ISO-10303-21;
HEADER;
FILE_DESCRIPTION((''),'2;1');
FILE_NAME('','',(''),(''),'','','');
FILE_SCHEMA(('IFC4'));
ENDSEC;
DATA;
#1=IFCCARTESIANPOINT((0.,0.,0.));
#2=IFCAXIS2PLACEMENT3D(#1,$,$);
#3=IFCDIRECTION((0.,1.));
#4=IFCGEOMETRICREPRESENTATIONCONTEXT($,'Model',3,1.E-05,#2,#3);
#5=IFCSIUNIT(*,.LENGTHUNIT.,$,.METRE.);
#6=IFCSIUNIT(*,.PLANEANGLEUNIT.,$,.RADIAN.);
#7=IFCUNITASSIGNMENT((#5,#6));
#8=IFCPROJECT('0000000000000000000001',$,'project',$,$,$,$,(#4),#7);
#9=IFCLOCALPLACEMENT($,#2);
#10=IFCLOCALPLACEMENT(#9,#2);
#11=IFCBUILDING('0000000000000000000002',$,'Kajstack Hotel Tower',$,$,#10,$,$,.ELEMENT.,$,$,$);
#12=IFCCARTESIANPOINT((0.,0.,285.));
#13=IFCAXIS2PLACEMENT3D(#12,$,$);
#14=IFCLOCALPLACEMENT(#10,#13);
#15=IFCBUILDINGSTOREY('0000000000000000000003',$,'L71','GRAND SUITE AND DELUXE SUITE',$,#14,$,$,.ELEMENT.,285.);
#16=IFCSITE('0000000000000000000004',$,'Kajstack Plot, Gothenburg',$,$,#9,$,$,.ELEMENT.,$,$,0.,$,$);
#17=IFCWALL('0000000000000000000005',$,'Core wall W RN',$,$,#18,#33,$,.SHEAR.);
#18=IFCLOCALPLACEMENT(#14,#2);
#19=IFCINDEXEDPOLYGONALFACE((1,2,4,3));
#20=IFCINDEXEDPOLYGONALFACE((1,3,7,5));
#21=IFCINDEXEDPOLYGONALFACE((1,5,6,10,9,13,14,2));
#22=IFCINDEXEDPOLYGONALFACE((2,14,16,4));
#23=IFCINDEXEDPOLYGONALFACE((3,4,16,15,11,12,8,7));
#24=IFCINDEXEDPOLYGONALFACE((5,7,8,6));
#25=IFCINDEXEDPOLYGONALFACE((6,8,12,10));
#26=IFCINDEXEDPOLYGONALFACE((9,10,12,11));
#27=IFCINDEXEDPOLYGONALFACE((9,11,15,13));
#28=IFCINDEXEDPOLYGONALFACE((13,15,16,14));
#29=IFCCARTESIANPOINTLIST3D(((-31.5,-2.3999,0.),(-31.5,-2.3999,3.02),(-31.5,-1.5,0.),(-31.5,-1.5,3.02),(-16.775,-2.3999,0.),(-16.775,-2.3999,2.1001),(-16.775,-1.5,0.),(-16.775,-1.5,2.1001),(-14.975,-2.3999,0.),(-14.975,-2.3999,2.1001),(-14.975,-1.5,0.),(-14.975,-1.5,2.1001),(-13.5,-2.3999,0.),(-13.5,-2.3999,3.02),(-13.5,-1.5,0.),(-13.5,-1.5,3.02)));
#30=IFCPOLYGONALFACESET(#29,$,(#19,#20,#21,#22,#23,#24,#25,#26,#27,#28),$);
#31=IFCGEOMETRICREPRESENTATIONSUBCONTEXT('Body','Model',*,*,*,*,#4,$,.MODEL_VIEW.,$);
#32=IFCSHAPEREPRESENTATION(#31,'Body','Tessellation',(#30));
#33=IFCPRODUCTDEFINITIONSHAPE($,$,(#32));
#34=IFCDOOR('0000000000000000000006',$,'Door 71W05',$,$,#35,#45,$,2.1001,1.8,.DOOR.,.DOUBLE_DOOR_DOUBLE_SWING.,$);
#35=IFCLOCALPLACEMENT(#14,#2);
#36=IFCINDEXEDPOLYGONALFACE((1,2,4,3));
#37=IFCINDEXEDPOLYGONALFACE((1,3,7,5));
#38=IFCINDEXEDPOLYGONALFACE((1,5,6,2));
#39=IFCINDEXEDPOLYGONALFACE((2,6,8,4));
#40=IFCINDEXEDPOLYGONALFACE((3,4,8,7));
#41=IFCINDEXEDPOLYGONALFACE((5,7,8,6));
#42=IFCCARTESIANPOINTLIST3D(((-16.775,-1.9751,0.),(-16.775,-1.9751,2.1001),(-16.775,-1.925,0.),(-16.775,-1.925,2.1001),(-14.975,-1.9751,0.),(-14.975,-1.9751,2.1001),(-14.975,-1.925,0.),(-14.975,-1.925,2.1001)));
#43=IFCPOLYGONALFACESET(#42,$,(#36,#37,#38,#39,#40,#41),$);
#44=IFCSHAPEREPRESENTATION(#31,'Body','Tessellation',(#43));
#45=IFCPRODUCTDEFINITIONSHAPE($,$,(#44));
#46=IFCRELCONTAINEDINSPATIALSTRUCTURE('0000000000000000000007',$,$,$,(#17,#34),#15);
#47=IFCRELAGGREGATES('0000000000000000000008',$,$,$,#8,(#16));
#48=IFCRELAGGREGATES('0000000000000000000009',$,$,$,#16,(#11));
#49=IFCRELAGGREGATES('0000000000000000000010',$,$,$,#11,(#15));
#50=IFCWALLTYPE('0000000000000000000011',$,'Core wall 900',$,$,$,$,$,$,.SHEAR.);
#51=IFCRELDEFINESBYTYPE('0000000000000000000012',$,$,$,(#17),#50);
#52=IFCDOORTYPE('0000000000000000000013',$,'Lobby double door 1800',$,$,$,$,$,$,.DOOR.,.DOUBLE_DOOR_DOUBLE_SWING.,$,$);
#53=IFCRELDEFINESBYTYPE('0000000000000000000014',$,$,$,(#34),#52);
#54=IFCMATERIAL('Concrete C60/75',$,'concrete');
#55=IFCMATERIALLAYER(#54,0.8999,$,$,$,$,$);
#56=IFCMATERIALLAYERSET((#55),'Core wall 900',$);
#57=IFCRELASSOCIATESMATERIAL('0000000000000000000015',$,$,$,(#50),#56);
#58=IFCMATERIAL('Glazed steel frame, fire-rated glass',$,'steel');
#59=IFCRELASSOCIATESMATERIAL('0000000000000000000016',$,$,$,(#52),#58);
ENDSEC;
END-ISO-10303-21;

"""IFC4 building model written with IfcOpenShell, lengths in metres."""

from ifc_helpers import new_model, si_unit, direction, frame, frame_2d, origin, place, context, subcontext, project, spatial, rectangle, extrude, material, layer, layer_set, type_object, element, fill, save


model = new_model("IFC4")

# Units and contexts
model_context = context("Model", 3, precision=1e-05, world=origin(), true_north=direction((0.0, 1.0)))
body_context = subcontext(model_context, "Body", "Model", "MODEL_VIEW")
ifc_project = project(units=[si_unit("LENGTHUNIT", "METRE"), si_unit("PLANEANGLEUNIT", "RADIAN")], contexts=[model_context])

# Site, building, storey
site_placement = place(None, origin())
site = spatial("IfcSite", under=ifc_project, at=site_placement, Name="Kajstack Plot, Gothenburg", CompositionType="ELEMENT", RefElevation=0.0)
building_placement = place(site_placement, origin())
building = spatial("IfcBuilding", under=site, at=building_placement, Name="Kajstack Hotel Tower", CompositionType="ELEMENT")
storey_placement = place(building_placement, frame((0.0, 0.0, 285.0)))
storey = spatial("IfcBuildingStorey", under=building, at=storey_placement, Name="L71", Description="GRAND SUITE AND DELUXE SUITE", CompositionType="ELEMENT", Elevation=285.0)

# Wall, opening, door
ifc_material_1 = material(Name="Concrete C60/75", Category="concrete")
ifc_layer_1 = layer(ifc_material_1, 0.8999)
ifc_layer_set_1 = layer_set([ifc_layer_1], Name="Core wall 900")
wall_type_1 = type_object("IfcWallType", Name="Core wall 900", PredefinedType="SHEAR", material=ifc_layer_set_1)
wall_1_placement = place(storey_placement, frame((-31.5, -1.95, 0.0), z_axis=(0.0, 0.0, 1.0), x_axis=(1.0, 0.0, 0.0)))
wall_1 = element("IfcWall", 1, at=wall_1_placement, inside=storey, type_object=wall_type_1, Name="Core wall W RN", PredefinedType="SHEAR", context=body_context, shape_type="SweptSolid", body=[
    extrude(rectangle(XDim=18.0, YDim=0.8999, at=frame_2d((9.0, 0.0))), origin(), (0.0, 0.0, 1.0), 3.02),
])
opening_1_placement = place(wall_1_placement, frame((14.7251, 0.0, 0.0)))
opening_1 = element("IfcOpeningElement", 2, at=opening_1_placement, cuts=wall_1, PredefinedType="OPENING", context=body_context, shape_type="SweptSolid", body=[
    extrude(rectangle(XDim=1.8, YDim=2.1001, at=frame_2d((0.8999, 1.05))), frame((0.0, 0.46, 0.0), z_axis=(0.0, -1.0, 0.0), x_axis=(1.0, 0.0, 0.0)), (0.0, 0.0, 1.0), 0.9199),
])
ifc_material_2 = material(Name="Glazed steel frame, fire-rated glass", Category="steel")
door_type_1 = type_object("IfcDoorType", Name="Lobby double door 1800", OperationType="DOUBLE_DOOR_DOUBLE_SWING", PredefinedType="DOOR", material=ifc_material_2)
door_1_placement = place(opening_1_placement, origin())
door_1 = element("IfcDoor", 3, at=door_1_placement, inside=storey, type_object=door_type_1, Name="Door 71W05", OperationType="DOUBLE_DOOR_DOUBLE_SWING", OverallHeight=2.1001, OverallWidth=1.8, PredefinedType="DOOR", context=body_context, shape_type="SweptSolid", body=[
    extrude(rectangle(XDim=1.8, YDim=2.1001, at=frame_2d((0.8999, 1.05))), frame((0.0, 0.0249, 0.0), z_axis=(0.0, -1.0, 0.0), x_axis=(1.0, 0.0, 0.0)), (0.0, 0.0, 1.0), 0.05),
])
fill(opening_1, door_1)

save(model, "model.ifc")
